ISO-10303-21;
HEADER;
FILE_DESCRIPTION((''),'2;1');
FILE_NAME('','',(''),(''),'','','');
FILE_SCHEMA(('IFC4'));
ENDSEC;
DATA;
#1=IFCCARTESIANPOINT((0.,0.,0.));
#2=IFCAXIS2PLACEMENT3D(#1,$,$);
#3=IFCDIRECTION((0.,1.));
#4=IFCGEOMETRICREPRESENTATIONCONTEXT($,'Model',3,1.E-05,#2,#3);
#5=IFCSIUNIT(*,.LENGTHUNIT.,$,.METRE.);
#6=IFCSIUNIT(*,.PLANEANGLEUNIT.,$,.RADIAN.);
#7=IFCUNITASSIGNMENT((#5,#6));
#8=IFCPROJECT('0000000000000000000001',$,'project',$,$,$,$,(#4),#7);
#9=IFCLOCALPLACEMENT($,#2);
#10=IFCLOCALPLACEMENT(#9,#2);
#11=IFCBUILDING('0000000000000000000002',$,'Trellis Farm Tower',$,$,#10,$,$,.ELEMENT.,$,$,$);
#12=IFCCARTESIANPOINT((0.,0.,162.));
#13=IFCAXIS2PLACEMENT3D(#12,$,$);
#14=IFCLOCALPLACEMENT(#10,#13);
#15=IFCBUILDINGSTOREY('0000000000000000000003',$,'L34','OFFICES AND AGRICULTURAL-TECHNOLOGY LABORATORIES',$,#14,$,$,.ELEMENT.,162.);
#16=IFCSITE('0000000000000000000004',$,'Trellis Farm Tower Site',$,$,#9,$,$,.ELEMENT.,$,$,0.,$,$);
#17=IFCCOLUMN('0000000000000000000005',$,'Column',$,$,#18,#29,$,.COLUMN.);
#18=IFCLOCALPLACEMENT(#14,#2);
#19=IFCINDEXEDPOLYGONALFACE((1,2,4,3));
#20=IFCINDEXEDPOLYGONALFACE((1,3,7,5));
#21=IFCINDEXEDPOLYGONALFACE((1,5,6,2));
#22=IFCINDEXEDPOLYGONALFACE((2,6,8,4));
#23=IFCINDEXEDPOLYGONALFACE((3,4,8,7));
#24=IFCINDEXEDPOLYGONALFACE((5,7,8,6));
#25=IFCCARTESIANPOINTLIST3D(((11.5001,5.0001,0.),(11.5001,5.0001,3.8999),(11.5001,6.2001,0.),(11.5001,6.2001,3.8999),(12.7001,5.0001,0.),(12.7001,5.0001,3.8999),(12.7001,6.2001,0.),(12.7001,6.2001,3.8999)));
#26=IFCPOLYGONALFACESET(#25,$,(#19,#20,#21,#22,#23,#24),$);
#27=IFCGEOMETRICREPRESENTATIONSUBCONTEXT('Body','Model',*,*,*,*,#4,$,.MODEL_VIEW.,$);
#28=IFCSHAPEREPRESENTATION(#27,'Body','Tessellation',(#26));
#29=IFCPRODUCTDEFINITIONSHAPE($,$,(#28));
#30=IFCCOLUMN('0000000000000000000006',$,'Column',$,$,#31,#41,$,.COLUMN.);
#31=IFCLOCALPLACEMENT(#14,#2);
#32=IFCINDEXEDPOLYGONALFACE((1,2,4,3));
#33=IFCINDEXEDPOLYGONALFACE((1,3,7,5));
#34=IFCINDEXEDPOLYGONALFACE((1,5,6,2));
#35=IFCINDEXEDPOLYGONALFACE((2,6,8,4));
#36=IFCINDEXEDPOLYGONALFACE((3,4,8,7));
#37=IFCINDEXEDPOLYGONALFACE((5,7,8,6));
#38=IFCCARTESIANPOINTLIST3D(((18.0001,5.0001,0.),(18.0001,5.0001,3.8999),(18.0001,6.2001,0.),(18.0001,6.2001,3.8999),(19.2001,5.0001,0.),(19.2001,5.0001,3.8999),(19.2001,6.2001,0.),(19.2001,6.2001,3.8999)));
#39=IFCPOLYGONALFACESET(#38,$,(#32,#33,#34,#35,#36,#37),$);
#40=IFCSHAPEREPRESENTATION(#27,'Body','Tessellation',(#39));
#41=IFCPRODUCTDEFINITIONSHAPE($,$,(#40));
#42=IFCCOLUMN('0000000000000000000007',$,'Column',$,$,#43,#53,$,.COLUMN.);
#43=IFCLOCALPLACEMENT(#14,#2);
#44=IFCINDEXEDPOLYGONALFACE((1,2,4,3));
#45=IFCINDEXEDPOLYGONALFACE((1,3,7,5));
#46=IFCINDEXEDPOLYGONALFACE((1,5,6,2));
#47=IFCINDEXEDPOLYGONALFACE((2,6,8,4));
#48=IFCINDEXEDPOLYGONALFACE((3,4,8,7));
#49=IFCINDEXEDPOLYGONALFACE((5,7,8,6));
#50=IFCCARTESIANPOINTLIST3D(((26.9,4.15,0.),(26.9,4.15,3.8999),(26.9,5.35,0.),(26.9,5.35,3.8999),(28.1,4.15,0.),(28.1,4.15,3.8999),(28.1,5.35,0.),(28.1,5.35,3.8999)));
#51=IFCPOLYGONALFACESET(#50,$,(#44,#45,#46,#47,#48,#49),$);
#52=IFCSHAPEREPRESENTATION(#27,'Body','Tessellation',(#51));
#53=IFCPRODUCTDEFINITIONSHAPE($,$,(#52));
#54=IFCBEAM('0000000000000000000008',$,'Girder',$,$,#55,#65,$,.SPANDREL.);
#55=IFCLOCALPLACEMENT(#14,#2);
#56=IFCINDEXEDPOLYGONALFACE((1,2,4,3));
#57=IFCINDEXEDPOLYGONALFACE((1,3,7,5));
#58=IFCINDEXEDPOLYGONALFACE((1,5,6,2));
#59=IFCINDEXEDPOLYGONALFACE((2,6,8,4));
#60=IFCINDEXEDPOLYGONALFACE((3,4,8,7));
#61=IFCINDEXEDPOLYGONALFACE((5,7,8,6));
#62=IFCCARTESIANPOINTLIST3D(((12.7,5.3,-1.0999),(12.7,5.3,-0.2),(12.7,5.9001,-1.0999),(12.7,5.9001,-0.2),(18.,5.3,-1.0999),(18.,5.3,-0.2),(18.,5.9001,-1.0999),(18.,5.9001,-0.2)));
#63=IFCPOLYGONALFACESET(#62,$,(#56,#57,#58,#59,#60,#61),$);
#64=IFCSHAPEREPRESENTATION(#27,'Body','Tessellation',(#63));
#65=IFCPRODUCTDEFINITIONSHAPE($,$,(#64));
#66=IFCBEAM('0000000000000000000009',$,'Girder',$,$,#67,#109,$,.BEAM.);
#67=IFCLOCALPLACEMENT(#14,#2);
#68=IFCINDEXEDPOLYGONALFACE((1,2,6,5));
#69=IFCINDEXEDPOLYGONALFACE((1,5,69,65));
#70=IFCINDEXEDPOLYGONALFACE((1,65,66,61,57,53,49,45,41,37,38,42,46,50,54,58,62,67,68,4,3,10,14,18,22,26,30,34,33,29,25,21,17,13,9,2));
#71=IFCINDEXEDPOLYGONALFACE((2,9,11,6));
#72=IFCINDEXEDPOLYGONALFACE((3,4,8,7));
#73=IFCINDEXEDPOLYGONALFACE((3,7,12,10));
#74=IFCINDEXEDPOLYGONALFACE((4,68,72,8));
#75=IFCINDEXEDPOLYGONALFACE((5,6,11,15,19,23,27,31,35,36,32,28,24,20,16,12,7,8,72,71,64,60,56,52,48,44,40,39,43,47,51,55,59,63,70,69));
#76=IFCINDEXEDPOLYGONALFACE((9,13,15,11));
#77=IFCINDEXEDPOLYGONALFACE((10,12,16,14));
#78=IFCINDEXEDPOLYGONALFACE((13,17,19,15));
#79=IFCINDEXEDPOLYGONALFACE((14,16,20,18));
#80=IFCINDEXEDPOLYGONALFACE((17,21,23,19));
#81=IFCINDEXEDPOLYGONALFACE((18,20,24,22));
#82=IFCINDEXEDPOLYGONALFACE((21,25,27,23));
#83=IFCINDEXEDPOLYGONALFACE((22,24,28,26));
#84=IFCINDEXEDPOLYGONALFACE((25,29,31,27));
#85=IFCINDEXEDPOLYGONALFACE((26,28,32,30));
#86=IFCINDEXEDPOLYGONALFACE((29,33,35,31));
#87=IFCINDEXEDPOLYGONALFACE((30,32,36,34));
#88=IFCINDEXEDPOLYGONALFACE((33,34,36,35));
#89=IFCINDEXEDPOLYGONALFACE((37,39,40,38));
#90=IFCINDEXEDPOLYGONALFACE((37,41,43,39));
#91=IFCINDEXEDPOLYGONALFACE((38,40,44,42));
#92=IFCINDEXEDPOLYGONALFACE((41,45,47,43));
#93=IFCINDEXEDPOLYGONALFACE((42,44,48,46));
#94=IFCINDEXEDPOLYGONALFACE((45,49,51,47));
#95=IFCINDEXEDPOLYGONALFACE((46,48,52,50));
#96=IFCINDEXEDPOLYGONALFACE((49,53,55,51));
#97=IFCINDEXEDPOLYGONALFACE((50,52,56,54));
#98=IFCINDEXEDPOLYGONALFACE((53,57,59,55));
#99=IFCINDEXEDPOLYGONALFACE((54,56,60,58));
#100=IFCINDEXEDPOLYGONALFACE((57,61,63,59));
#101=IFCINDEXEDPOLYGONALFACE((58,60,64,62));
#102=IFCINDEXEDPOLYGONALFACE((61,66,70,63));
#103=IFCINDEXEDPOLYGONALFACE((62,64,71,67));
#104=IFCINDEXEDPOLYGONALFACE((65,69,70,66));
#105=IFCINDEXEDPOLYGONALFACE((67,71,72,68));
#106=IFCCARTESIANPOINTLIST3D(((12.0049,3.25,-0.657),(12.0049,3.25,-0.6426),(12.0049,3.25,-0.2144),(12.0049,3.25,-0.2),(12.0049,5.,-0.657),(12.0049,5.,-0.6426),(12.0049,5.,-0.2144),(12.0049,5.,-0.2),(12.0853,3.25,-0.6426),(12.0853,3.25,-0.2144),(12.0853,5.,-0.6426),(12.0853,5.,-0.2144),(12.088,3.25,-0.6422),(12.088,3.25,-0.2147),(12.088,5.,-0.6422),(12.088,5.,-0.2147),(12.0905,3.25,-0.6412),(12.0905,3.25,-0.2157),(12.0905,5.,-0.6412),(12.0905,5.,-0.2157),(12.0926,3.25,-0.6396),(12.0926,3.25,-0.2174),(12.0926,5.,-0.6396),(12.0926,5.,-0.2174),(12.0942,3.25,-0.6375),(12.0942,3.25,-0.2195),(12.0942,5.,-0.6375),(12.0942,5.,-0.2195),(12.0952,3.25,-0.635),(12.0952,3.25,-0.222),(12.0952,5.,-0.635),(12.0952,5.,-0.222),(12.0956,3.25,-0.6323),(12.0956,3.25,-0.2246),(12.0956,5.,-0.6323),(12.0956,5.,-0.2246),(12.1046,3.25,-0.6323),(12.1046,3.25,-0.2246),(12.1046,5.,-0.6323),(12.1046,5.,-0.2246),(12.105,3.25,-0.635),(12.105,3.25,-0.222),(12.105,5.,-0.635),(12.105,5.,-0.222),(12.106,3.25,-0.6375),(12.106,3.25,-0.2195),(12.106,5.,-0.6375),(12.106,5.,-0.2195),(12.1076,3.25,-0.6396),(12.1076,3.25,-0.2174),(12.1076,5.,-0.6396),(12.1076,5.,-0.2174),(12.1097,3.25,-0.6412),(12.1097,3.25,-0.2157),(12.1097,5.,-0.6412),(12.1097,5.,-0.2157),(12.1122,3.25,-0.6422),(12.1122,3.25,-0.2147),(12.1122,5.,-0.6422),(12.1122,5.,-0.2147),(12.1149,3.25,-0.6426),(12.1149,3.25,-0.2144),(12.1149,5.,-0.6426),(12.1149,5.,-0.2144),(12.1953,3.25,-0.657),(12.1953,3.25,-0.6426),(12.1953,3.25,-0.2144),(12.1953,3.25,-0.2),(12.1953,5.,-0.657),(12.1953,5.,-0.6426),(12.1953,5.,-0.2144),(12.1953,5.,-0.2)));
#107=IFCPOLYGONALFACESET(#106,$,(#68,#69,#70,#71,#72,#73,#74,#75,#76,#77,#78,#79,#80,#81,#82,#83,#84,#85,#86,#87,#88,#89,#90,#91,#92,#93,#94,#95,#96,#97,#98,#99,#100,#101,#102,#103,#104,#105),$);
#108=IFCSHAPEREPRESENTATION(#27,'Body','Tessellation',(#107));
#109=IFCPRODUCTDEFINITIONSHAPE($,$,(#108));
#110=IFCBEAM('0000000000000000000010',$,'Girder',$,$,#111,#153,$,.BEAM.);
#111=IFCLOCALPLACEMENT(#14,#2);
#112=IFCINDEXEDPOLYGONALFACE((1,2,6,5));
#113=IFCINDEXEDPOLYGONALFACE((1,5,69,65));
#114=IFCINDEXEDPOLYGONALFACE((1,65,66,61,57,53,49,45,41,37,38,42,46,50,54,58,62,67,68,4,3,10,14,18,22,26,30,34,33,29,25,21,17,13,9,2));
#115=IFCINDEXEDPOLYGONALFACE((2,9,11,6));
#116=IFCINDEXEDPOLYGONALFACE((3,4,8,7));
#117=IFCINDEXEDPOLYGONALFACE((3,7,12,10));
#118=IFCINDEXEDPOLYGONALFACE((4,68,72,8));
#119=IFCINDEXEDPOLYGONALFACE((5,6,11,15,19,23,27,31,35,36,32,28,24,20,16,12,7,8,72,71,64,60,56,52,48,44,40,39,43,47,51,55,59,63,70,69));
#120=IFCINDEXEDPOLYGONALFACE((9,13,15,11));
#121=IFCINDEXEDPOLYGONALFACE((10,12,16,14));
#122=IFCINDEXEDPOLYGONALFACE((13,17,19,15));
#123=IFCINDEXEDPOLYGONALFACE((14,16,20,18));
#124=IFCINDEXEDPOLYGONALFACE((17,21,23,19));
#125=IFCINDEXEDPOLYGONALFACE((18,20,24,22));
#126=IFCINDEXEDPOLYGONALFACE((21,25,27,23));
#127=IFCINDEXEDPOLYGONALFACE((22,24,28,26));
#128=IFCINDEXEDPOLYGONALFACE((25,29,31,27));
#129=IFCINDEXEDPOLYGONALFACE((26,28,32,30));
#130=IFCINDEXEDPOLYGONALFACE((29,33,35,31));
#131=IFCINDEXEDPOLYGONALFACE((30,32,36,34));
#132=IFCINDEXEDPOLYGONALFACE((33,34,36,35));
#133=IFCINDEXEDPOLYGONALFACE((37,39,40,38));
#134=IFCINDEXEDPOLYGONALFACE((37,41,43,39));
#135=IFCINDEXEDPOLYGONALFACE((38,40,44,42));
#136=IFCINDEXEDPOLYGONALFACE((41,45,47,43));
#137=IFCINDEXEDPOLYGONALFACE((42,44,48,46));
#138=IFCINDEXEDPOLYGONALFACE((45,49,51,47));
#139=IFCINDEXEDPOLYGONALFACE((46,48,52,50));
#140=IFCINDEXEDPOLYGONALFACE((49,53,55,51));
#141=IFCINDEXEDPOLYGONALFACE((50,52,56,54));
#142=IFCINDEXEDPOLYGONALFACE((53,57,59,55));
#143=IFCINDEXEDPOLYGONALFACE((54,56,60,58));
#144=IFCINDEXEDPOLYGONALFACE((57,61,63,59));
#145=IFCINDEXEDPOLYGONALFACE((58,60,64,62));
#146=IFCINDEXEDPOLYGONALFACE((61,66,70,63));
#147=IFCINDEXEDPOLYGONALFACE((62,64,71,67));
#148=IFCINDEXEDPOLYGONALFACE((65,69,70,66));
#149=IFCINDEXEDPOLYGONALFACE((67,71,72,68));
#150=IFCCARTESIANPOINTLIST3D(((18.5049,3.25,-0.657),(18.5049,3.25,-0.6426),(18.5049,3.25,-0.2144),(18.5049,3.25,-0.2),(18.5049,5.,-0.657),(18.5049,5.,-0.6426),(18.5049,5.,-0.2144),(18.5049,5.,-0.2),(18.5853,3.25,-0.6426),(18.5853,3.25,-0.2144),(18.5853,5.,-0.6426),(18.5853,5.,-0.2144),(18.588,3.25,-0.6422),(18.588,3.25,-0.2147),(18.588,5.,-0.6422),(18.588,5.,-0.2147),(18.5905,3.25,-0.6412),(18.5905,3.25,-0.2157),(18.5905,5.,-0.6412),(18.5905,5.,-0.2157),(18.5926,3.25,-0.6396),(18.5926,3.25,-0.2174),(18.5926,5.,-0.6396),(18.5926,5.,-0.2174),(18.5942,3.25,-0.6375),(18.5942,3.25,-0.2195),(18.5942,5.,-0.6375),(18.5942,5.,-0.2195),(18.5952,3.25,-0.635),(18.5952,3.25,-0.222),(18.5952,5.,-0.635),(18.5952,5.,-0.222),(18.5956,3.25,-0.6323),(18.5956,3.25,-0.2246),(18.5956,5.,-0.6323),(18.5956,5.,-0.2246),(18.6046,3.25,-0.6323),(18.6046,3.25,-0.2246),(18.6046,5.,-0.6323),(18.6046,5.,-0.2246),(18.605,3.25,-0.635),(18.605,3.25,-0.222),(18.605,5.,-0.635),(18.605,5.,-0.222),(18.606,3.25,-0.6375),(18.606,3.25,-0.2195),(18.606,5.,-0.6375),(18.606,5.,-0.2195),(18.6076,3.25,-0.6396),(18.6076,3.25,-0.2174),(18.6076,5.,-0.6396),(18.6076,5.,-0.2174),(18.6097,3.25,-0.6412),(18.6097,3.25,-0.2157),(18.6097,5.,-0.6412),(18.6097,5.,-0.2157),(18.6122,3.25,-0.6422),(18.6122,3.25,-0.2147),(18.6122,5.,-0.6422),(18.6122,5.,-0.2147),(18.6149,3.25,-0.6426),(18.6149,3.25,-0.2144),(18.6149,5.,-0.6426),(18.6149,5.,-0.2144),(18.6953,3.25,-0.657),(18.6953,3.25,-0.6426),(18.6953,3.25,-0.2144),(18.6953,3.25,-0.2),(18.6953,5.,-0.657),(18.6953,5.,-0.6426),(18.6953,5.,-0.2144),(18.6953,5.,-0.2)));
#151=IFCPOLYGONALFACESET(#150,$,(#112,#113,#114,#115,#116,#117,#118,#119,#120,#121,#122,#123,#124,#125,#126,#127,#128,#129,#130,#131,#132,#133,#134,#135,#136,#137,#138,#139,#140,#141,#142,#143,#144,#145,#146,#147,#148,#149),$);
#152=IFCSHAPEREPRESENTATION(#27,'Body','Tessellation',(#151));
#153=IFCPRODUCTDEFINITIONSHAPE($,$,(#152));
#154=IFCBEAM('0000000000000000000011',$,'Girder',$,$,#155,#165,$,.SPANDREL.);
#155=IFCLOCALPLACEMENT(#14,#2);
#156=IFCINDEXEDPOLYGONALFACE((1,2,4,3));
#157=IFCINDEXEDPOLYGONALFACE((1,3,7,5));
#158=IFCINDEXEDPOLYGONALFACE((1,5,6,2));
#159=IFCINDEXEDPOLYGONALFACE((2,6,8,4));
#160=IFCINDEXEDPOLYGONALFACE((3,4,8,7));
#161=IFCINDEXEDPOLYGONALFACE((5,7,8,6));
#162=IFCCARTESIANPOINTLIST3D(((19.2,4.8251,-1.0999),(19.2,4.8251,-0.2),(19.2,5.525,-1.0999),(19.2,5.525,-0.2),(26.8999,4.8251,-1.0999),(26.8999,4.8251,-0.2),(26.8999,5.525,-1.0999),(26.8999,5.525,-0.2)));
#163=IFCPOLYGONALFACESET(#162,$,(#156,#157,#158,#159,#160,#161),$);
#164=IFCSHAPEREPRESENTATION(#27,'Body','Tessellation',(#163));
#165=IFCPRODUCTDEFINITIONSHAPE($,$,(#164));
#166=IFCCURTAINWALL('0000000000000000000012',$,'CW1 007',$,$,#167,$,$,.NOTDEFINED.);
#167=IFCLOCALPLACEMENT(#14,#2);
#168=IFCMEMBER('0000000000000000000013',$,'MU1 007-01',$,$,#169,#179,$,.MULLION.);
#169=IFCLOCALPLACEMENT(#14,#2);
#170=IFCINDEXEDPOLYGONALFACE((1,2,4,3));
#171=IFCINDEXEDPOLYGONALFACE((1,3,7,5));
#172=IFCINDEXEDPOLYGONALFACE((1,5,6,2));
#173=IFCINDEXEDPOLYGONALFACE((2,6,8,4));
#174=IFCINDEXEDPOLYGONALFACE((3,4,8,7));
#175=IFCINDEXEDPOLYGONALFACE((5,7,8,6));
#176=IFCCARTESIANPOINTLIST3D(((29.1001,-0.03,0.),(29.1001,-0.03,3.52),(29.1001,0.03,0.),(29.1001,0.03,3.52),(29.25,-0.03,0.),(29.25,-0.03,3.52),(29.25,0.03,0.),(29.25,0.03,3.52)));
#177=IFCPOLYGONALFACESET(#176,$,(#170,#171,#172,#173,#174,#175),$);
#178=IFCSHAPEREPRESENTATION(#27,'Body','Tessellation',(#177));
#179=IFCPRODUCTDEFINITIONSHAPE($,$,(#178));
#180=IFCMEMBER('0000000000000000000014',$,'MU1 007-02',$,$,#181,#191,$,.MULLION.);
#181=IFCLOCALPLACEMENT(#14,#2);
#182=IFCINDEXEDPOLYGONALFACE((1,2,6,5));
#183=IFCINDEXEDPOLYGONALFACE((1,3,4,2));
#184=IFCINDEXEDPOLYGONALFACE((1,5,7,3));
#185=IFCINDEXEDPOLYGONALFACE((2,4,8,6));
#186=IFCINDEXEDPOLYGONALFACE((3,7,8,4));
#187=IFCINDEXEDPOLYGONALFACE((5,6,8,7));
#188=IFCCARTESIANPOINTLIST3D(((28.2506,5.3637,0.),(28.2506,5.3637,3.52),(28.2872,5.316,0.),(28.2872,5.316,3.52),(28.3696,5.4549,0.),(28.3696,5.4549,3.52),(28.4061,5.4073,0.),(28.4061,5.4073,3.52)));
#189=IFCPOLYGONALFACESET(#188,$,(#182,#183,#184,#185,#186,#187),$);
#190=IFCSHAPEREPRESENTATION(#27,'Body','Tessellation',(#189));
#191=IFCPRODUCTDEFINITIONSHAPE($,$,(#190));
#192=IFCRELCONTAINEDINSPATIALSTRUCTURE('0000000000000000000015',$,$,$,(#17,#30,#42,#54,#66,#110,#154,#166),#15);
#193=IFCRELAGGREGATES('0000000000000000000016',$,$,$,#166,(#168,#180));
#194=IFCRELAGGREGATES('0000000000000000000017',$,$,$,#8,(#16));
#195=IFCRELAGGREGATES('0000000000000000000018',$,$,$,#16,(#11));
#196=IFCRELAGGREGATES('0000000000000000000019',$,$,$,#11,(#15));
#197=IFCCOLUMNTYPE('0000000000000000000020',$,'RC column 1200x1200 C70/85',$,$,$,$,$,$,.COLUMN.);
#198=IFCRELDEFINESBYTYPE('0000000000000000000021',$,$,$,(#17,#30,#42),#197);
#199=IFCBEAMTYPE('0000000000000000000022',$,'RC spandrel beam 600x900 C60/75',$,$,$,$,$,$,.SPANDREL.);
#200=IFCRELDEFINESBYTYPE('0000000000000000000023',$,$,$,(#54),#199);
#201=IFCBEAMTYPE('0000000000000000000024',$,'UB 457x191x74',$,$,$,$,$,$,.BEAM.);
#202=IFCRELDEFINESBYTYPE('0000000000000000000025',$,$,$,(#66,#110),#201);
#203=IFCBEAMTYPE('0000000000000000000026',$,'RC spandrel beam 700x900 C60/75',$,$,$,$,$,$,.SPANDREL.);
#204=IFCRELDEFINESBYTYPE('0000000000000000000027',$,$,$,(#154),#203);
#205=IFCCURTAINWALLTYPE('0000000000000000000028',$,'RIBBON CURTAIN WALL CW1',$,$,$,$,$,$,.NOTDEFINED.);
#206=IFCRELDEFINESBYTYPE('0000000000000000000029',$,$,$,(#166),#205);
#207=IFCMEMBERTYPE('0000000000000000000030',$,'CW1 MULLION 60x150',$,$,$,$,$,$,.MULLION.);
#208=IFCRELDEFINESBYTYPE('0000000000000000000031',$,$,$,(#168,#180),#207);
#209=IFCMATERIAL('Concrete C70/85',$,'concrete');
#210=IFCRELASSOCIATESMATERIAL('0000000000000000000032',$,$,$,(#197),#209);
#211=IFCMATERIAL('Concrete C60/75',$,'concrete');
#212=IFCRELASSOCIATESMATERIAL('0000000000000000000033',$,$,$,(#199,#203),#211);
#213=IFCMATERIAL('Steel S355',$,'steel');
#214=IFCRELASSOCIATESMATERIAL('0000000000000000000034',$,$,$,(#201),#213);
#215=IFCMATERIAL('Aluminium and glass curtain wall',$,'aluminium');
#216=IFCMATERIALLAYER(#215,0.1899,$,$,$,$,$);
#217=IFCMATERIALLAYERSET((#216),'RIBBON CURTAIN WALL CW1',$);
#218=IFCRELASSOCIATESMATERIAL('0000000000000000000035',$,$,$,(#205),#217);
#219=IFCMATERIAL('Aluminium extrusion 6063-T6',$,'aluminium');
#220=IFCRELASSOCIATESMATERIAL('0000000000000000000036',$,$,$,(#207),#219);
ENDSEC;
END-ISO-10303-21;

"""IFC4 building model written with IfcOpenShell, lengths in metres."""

from ifc_helpers import new_model, si_unit, direction, frame, origin, origin_2d, place, context, subcontext, project, spatial, rectangle, i_section, extrude, source, transform, mapped, material, layer, layer_set, material_profile, profile_set, type_object, element, aggregate, save


model = new_model("IFC4")

# Units and contexts
model_context = context("Model", 3, precision=1e-05, world=origin(), true_north=direction((0.0, 1.0)))
body_context = subcontext(model_context, "Body", "Model", "MODEL_VIEW")
ifc_project = project(units=[si_unit("LENGTHUNIT", "METRE"), si_unit("PLANEANGLEUNIT", "RADIAN")], contexts=[model_context])

# Site, building, storey
site_placement = place(None, origin())
site = spatial("IfcSite", under=ifc_project, at=site_placement, Name="Trellis Farm Tower Site", CompositionType="ELEMENT", RefElevation=0.0)
building_placement = place(site_placement, origin())
building = spatial("IfcBuilding", under=site, at=building_placement, Name="Trellis Farm Tower", CompositionType="ELEMENT")
storey_placement = place(building_placement, frame((0.0, 0.0, 162.0)))
storey = spatial("IfcBuildingStorey", under=building, at=storey_placement, Name="L34", Description="OFFICES AND AGRICULTURAL-TECHNOLOGY LABORATORIES", CompositionType="ELEMENT", Elevation=162.0)

# Columns
ifc_material_1 = material(Name="Concrete C70/85", Category="concrete")
ifc_material_profile_1 = material_profile(ifc_material_1, rectangle(XDim=1.2, YDim=1.2, at=origin_2d()), Name="RC column 1200x1200 C70/85")
ifc_profile_set_1 = profile_set([ifc_material_profile_1], Name="Concrete C70/85")
column_type = type_object("IfcColumnType", Name="RC column 1200x1200 C70/85", PredefinedType="COLUMN", material=ifc_profile_set_1)
shared_shape_1 = source(origin(), body_context, "Body", "SweptSolid", [
    extrude(rectangle(XDim=1.2, YDim=1.2, at=origin_2d()), origin(), (0.0, 0.0, 1.0), 3.8999),
])
for number, where, z_axis, x_axis, name in (
    (1, (12.1001, 5.6001, 0.0), (0.0, 0.0, 1.0), (1.0, 0.0, 0.0), "Column"),
    (2, (18.6001, 5.6001, 0.0), (0.0, 0.0, 1.0), (1.0, 0.0, 0.0), "Column"),
    (3, (27.5, 4.75, 0.0), (0.0, 0.0, 1.0), (1.0, 0.0, 0.0), "Column"),
):
    element("IfcColumn", number, at=place(storey_placement, frame(where, z_axis=z_axis, x_axis=x_axis)), inside=storey, type_object=column_type, Name=name, PredefinedType="COLUMN", context=body_context, shape_type="MappedRepresentation", body=[
        mapped(shared_shape_1, transform((0.0, 0.0, 0.0))),
    ])

# Beams
ifc_material_2 = material(Name="Concrete C60/75", Category="concrete")
ifc_material_profile_2 = material_profile(ifc_material_2, rectangle(XDim=0.6001, YDim=0.8999, at=origin_2d()), Name="RC spandrel beam 600x900 C60/75")
ifc_profile_set_2 = profile_set([ifc_material_profile_2], Name="Concrete C60/75")
beam_type_1 = type_object("IfcBeamType", Name="RC spandrel beam 600x900 C60/75", PredefinedType="SPANDREL", material=ifc_profile_set_2)
shared_shape_2 = source(origin(), body_context, "Body", "SweptSolid", [
    extrude(rectangle(XDim=0.6001, YDim=0.8999, at=origin_2d()), origin(), (0.0, 0.0, 1.0), 5.3),
])
beam_1_placement = place(storey_placement, frame((12.7, 5.6001, -0.6499), z_axis=(1.0, 0.0, 0.0), x_axis=(0.0, 1.0, 0.0)))
element("IfcBeam", 4, at=beam_1_placement, inside=storey, type_object=beam_type_1, Name="Girder", PredefinedType="SPANDREL", context=body_context, shape_type="MappedRepresentation", body=[
    mapped(shared_shape_2, transform((0.0, 0.0, 0.0))),
])
ifc_material_3 = material(Name="Steel S355", Category="steel")
ifc_material_profile_3 = material_profile(ifc_material_3, i_section(OverallWidth=0.1904, OverallDepth=0.457, WebThickness=0.009, FlangeThickness=0.0144, FilletRadius=0.0103, at=origin_2d()), Name="UB 457x191x74")
ifc_profile_set_3 = profile_set([ifc_material_profile_3], Name="Steel S355")
beam_type_2 = type_object("IfcBeamType", Name="UB 457x191x74", PredefinedType="BEAM", material=ifc_profile_set_3)
shared_shape_3 = source(origin(), body_context, "Body", "SweptSolid", [
    extrude(i_section(OverallWidth=0.1904, OverallDepth=0.457, WebThickness=0.009, FlangeThickness=0.0144, FilletRadius=0.0103, at=origin_2d()), origin(), (0.0, 0.0, 1.0), 1.75),
])
for number, where, z_axis, x_axis, name in (
    (5, (12.1001, 3.25, -0.4285), (0.0, 1.0, 0.0), (-1.0, 0.0, 0.0), "Girder"),
    (6, (18.6001, 3.25, -0.4285), (0.0, 1.0, 0.0), (-1.0, 0.0, 0.0), "Girder"),
):
    element("IfcBeam", number, at=place(storey_placement, frame(where, z_axis=z_axis, x_axis=x_axis)), inside=storey, type_object=beam_type_2, Name=name, PredefinedType="BEAM", context=body_context, shape_type="MappedRepresentation", body=[
        mapped(shared_shape_3, transform((0.0, 0.0, 0.0))),
    ])
ifc_material_profile_4 = material_profile(ifc_material_2, rectangle(XDim=0.7, YDim=0.8999, at=origin_2d()), Name="RC spandrel beam 700x900 C60/75")
ifc_profile_set_4 = profile_set([ifc_material_profile_4], Name="Concrete C60/75")
beam_type_3 = type_object("IfcBeamType", Name="RC spandrel beam 700x900 C60/75", PredefinedType="SPANDREL", material=ifc_profile_set_4)
shared_shape_4 = source(origin(), body_context, "Body", "SweptSolid", [
    extrude(rectangle(XDim=0.7, YDim=0.8999, at=origin_2d()), origin(), (0.0, 0.0, 1.0), 7.7),
])
beam_2_placement = place(storey_placement, frame((19.2, 5.175, -0.6499), z_axis=(1.0, 0.0, 0.0), x_axis=(0.0, 1.0, 0.0)))
element("IfcBeam", 7, at=beam_2_placement, inside=storey, type_object=beam_type_3, Name="Girder", PredefinedType="SPANDREL", context=body_context, shape_type="MappedRepresentation", body=[
    mapped(shared_shape_4, transform((0.0, 0.0, 0.0))),
])

# Curtain wall, members
ifc_material_4 = material(Name="Aluminium and glass curtain wall", Category="aluminium")
ifc_layer_1 = layer(ifc_material_4, 0.1899)
ifc_layer_set_1 = layer_set([ifc_layer_1], Name="RIBBON CURTAIN WALL CW1")
curtain_wall_type = type_object("IfcCurtainWallType", Name="RIBBON CURTAIN WALL CW1", PredefinedType="NOTDEFINED", material=ifc_layer_set_1)
placement = place(storey_placement, origin())
curtain_wall_1 = element("IfcCurtainWall", 8, at=placement, inside=storey, type_object=curtain_wall_type, Name="CW1 007", PredefinedType="NOTDEFINED")
ifc_material_5 = material(Name="Aluminium extrusion 6063-T6", Category="aluminium")
ifc_material_profile_5 = material_profile(ifc_material_5, rectangle(XDim=0.0601, YDim=0.1499, at=origin_2d()), Name="MULLION 60x150")
ifc_profile_set_5 = profile_set([ifc_material_profile_5], Name="Aluminium extrusion 6063-T6")
member_type = type_object("IfcMemberType", Name="CW1 MULLION 60x150", PredefinedType="MULLION", material=ifc_profile_set_5)
shared_shape_5 = source(origin(), body_context, "Body", "SweptSolid", [
    extrude(rectangle(XDim=0.0601, YDim=0.1499, at=origin_2d()), origin(), (0.0, 0.0, 1.0), 3.52),
])
member_1_placement = place(storey_placement, frame((29.175, 0.0, 0.0), z_axis=(0.0, 0.0, 1.0), x_axis=(0.0, 1.0, 0.0)))
member_1 = element("IfcMember", 9, at=member_1_placement, type_object=member_type, Name="MU1 007-01", PredefinedType="MULLION", context=body_context, shape_type="MappedRepresentation", body=[
    mapped(shared_shape_5, transform((0.0, 0.0, 0.0))),
])
member_2_placement = place(storey_placement, frame((28.3284, 5.3855, 0.0), z_axis=(0.0, 0.0, 1.0), x_axis=(-0.608761, 0.793353, 0.0)))
member_2 = element("IfcMember", 10, at=member_2_placement, type_object=member_type, Name="MU1 007-02", PredefinedType="MULLION", context=body_context, shape_type="MappedRepresentation", body=[
    mapped(shared_shape_5, transform((0.0, 0.0, 0.0))),
])
aggregate(curtain_wall_1, [member_1, member_2])

save(model, "model.ifc")
